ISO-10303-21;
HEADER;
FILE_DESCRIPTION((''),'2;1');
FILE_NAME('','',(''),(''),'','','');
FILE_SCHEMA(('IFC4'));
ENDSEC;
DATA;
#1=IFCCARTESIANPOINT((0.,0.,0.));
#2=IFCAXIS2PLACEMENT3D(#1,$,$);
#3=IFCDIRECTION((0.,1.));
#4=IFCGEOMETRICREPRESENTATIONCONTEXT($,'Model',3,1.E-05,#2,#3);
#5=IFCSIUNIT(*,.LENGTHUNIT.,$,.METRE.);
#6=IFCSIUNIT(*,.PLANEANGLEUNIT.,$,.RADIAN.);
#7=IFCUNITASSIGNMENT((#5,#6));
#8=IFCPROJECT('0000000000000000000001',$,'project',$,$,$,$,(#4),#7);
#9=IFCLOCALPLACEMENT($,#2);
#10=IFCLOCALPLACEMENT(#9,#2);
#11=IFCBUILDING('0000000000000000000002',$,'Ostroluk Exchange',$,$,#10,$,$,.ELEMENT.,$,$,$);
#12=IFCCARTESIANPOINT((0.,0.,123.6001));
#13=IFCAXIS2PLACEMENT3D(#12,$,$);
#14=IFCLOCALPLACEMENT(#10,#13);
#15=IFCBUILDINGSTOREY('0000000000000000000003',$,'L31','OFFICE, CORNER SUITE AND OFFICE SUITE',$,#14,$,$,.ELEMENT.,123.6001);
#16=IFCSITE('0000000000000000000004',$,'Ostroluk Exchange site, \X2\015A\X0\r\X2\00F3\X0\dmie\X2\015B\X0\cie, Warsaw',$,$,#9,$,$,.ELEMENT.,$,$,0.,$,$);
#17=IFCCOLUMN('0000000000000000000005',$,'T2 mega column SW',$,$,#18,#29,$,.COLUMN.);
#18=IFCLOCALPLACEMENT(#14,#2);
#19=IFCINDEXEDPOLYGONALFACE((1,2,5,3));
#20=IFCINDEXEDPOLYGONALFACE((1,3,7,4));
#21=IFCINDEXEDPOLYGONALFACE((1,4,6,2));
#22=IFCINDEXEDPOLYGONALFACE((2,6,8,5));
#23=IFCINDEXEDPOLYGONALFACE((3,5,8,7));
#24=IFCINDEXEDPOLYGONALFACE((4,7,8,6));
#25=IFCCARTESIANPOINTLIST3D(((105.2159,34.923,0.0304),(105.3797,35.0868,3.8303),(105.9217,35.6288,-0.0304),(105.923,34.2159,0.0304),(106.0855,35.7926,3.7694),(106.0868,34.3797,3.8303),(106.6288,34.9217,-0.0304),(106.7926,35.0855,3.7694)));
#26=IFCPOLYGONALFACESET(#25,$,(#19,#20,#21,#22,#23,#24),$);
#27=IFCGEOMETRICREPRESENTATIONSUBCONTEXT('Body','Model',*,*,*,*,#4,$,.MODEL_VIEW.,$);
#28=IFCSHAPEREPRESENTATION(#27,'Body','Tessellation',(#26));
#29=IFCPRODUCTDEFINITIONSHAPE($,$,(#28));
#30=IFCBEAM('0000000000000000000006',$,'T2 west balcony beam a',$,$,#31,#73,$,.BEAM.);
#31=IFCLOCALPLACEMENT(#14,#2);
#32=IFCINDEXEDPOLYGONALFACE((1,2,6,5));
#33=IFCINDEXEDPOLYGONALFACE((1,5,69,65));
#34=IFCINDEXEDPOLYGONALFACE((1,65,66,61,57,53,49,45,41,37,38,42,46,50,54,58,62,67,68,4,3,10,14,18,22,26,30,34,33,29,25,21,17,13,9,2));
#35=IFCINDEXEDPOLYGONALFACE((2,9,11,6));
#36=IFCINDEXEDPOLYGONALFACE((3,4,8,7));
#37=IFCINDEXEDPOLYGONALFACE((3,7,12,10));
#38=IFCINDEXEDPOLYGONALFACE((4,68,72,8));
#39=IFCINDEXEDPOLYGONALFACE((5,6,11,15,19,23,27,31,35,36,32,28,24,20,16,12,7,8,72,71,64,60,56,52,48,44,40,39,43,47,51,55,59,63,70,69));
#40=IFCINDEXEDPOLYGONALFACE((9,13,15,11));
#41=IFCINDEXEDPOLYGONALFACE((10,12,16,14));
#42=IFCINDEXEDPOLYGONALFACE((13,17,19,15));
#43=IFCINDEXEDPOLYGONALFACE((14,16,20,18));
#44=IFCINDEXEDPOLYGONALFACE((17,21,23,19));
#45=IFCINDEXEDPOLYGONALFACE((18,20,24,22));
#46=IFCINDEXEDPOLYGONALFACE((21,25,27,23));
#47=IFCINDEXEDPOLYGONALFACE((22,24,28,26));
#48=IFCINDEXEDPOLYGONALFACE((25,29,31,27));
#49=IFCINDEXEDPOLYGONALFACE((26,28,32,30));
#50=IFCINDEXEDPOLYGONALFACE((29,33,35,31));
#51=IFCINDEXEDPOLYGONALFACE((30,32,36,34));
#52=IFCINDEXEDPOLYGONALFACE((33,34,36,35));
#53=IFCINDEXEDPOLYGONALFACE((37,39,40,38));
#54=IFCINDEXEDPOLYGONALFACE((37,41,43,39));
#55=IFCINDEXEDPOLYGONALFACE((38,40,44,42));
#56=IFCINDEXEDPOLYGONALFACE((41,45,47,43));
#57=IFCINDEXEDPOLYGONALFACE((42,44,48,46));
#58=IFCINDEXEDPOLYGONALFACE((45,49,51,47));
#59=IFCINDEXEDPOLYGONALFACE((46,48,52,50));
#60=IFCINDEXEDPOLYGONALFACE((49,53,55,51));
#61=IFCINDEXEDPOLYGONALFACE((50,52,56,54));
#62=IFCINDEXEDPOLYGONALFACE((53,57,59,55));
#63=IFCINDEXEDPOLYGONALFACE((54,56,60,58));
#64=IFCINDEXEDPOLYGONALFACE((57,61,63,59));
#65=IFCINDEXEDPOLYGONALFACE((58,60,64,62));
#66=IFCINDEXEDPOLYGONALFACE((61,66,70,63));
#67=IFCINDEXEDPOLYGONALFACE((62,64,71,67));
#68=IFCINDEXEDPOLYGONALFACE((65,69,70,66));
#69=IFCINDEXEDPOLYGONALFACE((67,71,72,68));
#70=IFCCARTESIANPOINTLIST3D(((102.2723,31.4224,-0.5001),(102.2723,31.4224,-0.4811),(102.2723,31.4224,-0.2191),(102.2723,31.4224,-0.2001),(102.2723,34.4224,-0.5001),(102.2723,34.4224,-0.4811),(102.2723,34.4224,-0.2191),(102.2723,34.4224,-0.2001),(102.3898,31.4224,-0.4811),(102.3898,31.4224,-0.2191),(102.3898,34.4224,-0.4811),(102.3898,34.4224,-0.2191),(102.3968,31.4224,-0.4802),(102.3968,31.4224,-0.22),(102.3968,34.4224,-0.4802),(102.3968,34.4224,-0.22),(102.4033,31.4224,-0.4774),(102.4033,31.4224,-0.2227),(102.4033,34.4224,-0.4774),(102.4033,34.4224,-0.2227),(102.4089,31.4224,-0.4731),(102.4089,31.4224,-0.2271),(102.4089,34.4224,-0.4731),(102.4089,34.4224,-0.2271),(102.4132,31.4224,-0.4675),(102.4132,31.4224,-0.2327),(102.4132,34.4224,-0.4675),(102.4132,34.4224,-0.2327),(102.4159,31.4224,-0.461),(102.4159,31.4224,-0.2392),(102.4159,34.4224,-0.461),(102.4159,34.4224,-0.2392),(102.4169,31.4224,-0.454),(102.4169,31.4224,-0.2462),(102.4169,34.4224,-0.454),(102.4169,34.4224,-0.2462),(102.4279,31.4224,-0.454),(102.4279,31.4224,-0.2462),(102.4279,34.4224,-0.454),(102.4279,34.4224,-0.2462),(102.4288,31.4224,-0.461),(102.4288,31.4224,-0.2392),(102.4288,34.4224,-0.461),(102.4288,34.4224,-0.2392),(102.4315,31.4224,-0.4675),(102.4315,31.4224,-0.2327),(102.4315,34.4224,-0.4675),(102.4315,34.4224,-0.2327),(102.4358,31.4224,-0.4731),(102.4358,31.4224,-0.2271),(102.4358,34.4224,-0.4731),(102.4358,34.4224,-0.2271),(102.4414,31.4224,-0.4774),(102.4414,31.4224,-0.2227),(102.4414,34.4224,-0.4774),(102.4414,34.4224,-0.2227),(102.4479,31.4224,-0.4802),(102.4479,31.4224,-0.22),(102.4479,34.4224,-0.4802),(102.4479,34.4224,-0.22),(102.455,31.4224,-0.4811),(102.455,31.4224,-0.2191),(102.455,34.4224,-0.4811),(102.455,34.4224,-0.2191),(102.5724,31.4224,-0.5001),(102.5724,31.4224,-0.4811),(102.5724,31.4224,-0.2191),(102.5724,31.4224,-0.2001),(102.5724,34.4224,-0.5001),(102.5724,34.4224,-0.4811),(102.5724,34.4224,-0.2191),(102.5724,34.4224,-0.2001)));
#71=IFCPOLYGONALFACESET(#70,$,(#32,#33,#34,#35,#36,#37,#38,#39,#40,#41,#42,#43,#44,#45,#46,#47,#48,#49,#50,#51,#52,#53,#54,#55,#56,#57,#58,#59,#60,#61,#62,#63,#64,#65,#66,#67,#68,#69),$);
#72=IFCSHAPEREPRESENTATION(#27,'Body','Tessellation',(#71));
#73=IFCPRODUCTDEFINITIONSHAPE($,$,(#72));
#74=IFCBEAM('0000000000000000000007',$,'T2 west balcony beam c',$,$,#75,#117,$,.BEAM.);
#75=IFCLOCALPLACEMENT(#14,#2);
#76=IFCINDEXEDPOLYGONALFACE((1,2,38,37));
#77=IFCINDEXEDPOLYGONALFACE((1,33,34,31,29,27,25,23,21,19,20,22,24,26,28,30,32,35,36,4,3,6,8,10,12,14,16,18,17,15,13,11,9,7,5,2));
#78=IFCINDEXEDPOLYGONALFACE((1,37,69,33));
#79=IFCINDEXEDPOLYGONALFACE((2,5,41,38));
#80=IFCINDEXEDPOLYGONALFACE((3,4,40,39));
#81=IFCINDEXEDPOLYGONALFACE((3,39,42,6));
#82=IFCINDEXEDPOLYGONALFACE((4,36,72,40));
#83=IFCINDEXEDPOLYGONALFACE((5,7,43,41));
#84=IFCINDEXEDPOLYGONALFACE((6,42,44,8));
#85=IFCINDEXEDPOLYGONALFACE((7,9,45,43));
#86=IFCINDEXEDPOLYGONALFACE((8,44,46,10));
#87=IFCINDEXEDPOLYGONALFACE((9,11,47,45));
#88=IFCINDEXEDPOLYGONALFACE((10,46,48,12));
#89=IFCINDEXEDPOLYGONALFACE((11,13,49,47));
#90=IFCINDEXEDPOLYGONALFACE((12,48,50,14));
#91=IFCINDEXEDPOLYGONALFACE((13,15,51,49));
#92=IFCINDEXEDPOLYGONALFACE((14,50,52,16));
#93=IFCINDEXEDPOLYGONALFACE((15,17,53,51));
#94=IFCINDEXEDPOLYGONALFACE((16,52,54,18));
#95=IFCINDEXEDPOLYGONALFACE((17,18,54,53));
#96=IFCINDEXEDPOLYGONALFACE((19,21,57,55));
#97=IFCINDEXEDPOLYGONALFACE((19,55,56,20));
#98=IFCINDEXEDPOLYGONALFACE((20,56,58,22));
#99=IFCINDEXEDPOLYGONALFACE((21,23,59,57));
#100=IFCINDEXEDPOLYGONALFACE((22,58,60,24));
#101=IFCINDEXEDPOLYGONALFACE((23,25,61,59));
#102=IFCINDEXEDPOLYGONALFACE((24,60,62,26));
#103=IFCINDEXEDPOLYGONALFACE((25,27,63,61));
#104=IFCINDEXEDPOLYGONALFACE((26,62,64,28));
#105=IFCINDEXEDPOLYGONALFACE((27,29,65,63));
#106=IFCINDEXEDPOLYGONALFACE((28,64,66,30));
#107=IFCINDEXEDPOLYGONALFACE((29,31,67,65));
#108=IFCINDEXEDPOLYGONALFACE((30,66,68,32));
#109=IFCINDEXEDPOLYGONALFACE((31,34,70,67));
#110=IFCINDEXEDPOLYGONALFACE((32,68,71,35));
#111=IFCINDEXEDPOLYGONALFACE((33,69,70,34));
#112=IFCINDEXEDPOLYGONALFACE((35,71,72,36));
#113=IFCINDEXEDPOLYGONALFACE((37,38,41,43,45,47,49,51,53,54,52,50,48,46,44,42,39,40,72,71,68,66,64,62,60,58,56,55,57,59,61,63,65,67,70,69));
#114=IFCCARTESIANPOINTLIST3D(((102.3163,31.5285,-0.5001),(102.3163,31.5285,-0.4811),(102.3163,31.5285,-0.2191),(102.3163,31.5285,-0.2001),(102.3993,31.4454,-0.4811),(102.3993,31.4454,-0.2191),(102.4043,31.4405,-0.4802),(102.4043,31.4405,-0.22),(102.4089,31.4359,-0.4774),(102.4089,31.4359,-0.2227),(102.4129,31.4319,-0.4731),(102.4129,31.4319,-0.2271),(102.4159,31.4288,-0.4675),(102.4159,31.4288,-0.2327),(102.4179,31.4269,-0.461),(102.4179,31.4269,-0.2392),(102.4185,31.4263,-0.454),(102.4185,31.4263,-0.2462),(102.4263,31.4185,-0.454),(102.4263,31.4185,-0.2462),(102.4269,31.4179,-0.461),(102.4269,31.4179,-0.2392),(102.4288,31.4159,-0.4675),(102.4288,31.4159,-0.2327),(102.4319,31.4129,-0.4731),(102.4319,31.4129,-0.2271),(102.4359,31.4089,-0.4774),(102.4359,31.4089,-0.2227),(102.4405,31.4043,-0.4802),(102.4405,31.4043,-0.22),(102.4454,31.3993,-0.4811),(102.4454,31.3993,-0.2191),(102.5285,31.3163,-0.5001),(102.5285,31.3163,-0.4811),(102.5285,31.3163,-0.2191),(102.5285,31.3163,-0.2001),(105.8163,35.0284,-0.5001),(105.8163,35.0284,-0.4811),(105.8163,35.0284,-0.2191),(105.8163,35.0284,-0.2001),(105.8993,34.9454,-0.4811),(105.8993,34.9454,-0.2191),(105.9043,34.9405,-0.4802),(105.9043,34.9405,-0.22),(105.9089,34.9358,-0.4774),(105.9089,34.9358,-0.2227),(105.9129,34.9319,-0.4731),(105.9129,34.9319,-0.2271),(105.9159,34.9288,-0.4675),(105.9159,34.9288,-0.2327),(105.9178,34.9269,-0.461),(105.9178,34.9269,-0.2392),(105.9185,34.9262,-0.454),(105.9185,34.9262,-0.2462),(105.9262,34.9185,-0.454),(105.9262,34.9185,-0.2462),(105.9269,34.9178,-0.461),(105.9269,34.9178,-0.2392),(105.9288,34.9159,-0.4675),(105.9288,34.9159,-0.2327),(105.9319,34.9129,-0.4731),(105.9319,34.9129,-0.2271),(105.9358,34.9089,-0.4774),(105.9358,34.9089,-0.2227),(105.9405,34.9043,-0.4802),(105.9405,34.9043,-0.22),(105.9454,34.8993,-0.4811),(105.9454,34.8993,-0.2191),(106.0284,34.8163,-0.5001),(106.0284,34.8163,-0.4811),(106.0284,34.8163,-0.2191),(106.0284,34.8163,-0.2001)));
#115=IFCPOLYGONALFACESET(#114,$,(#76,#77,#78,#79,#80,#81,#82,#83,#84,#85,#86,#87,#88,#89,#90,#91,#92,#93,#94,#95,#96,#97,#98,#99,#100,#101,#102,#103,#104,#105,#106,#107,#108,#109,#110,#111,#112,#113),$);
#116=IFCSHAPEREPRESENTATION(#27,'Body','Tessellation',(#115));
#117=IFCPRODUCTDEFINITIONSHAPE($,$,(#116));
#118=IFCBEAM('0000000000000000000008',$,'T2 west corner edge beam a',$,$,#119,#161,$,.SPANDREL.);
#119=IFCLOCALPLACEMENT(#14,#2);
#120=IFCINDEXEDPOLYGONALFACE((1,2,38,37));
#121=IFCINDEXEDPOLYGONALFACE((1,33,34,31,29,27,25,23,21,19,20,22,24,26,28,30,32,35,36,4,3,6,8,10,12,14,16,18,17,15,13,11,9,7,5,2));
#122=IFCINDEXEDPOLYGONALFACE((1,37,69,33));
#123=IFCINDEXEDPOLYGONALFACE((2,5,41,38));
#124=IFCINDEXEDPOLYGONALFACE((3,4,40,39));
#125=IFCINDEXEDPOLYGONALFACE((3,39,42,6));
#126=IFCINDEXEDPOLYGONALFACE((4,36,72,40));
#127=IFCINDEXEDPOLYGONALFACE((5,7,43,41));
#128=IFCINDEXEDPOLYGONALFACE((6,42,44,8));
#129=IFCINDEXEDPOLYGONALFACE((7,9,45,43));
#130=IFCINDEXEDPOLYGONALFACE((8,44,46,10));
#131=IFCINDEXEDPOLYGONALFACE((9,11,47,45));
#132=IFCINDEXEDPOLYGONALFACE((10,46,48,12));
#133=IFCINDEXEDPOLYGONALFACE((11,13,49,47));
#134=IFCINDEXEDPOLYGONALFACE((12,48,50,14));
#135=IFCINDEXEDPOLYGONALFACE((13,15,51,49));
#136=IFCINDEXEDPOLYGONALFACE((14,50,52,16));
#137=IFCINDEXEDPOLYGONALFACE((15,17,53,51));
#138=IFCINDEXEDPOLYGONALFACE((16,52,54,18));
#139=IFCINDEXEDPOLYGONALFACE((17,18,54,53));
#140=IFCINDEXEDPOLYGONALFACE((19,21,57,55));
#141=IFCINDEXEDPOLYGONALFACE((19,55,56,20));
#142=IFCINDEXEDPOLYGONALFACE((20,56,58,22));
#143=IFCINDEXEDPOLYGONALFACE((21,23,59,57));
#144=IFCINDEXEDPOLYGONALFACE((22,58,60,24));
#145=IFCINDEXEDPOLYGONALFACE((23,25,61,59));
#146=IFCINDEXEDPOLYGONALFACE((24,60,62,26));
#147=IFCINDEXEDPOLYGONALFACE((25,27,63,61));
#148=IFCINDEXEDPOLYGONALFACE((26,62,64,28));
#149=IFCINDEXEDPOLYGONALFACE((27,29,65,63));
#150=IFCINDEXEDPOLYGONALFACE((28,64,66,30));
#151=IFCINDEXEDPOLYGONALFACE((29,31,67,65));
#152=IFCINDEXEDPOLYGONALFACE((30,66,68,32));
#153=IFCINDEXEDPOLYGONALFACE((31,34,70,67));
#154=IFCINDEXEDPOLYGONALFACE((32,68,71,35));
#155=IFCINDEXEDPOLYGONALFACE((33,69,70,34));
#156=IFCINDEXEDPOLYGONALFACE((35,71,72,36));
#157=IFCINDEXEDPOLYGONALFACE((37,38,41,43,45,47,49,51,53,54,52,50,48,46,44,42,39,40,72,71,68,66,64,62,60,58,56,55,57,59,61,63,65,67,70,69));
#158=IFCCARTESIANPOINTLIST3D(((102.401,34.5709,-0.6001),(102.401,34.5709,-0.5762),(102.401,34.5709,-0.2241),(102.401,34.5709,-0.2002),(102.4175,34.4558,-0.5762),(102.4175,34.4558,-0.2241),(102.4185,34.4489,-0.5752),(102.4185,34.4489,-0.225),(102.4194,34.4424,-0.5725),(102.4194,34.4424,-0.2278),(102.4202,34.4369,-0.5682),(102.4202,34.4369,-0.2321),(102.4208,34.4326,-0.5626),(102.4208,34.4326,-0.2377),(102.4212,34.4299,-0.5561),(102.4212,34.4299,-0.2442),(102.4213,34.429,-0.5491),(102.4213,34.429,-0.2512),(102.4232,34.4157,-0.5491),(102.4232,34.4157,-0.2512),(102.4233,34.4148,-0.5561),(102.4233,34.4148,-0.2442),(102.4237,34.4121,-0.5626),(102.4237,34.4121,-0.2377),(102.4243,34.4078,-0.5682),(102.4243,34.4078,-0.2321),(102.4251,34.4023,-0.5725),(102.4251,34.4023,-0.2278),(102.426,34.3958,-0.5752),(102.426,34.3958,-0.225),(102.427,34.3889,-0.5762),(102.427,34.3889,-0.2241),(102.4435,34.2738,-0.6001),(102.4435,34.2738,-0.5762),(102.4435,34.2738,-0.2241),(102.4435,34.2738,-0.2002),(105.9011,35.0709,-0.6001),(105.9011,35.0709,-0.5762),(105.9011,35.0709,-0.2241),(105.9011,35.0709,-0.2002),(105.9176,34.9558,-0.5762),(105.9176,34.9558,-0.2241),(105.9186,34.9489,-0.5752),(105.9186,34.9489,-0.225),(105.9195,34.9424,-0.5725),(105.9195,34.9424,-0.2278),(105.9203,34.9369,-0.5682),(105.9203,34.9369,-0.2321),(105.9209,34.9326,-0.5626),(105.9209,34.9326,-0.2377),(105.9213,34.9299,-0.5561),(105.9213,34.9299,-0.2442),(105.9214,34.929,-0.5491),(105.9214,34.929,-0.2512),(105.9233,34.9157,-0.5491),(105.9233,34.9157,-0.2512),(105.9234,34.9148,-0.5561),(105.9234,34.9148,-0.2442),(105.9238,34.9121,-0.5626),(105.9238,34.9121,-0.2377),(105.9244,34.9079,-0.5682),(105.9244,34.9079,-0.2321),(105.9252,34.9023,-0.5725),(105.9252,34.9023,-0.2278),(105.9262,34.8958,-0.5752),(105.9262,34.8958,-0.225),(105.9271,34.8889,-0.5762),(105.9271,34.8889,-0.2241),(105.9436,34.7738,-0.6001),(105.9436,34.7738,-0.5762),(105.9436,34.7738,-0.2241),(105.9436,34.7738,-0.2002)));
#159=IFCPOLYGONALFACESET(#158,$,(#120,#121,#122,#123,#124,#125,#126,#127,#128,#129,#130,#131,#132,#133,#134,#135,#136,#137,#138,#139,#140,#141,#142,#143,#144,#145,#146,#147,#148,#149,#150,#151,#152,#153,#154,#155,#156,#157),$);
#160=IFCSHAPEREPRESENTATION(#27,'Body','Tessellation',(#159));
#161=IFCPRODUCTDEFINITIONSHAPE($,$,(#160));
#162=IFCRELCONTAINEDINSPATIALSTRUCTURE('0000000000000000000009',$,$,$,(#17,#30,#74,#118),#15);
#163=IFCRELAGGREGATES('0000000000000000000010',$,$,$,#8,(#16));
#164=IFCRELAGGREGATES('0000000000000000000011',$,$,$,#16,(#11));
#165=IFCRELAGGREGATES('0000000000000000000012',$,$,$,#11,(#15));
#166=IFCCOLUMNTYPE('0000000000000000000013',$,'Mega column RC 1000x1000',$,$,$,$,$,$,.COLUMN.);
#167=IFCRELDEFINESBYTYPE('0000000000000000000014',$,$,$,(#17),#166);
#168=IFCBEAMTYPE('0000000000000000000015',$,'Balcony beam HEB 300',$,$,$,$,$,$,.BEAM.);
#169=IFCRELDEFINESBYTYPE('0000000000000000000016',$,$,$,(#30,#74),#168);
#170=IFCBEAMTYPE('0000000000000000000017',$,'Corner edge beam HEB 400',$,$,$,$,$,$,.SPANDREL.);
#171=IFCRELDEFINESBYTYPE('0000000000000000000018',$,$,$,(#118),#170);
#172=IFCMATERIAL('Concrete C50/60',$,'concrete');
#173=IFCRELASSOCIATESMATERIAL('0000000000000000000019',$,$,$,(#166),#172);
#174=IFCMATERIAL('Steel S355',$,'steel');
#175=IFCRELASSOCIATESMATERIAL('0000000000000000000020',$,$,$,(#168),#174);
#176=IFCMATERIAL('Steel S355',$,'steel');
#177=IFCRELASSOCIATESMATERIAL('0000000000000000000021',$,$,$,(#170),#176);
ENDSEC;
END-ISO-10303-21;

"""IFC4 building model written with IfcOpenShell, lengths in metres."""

from ifc_helpers import new_model, si_unit, direction, frame, origin, origin_2d, place, context, subcontext, project, spatial, rectangle, i_section, extrude, material, material_profile, profile_set, type_object, element, save


model = new_model("IFC4")

# Units and contexts
model_context = context("Model", 3, precision=1e-05, world=origin(), true_north=direction((0.0, 1.0)))
body_context = subcontext(model_context, "Body", "Model", "MODEL_VIEW")
ifc_project = project(units=[si_unit("LENGTHUNIT", "METRE"), si_unit("PLANEANGLEUNIT", "RADIAN")], contexts=[model_context])

# Site, building, storey
site_placement = place(None, origin())
site = spatial("IfcSite", under=ifc_project, at=site_placement, Name="Ostroluk Exchange site, Śródmieście, Warsaw", CompositionType="ELEMENT", RefElevation=0.0)
building_placement = place(site_placement, origin())
building = spatial("IfcBuilding", under=site, at=building_placement, Name="Ostroluk Exchange", CompositionType="ELEMENT")
storey_placement = place(building_placement, frame((0.0, 0.0, 123.6001)))
storey = spatial("IfcBuildingStorey", under=building, at=storey_placement, Name="L31", Description="OFFICE, CORNER SUITE AND OFFICE SUITE", CompositionType="ELEMENT", Elevation=123.6001)

# Column
ifc_material_1 = material(Name="Concrete C50/60", Category="concrete")
ifc_material_profile_1 = material_profile(ifc_material_1, rectangle(XDim=1.0, YDim=1.0, at=origin_2d()), Name="RC 1000x1000")
ifc_profile_set_1 = profile_set([ifc_material_profile_1], Name="Concrete C50/60")
column_type = type_object("IfcColumnType", Name="Mega column RC 1000x1000", PredefinedType="COLUMN", material=ifc_profile_set_1)
column_placement = place(storey_placement, frame((105.9224, 34.9224, 0.0), z_axis=(0.043032, 0.043032, 0.998146), x_axis=(-0.707107, 0.707107, 0.0)))
element("IfcColumn", 1, at=column_placement, inside=storey, type_object=column_type, Name="T2 mega column SW", PredefinedType="COLUMN", context=body_context, shape_type="SweptSolid", body=[
    extrude(rectangle(XDim=1.0, YDim=1.0, at=origin_2d()), origin(), (0.0, 0.0, 1.0), 3.8069),
])

# Beams
ifc_material_2 = material(Name="Steel S355", Category="steel")
ifc_material_profile_2 = material_profile(ifc_material_2, i_section(OverallWidth=0.3, OverallDepth=0.3, WebThickness=0.011, FlangeThickness=0.019, FilletRadius=0.0271, at=origin_2d()), Name="HEB 300")
ifc_profile_set_2 = profile_set([ifc_material_profile_2], Name="Steel S355")
beam_type_1 = type_object("IfcBeamType", Name="Balcony beam HEB 300", PredefinedType="BEAM", material=ifc_profile_set_2)
beam_1_placement = place(storey_placement, frame((102.4224, 34.4224, -0.3501), z_axis=(0.0, -1.0, 0.0), x_axis=(1.0, 0.0, 0.0)))
element("IfcBeam", 2, at=beam_1_placement, inside=storey, type_object=beam_type_1, Name="T2 west balcony beam a", PredefinedType="BEAM", context=body_context, shape_type="SweptSolid", body=[
    extrude(i_section(OverallWidth=0.3, OverallDepth=0.3, WebThickness=0.011, FlangeThickness=0.019, FilletRadius=0.0271, at=origin_2d()), origin(), (0.0, 0.0, 1.0), 3.0),
])
beam_2_placement = place(storey_placement, frame((105.9224, 34.9224, -0.3501), z_axis=(-0.707107, -0.707107, 0.0), x_axis=(0.707107, -0.707107, 0.0)))
element("IfcBeam", 3, at=beam_2_placement, inside=storey, type_object=beam_type_1, Name="T2 west balcony beam c", PredefinedType="BEAM", context=body_context, shape_type="SweptSolid", body=[
    extrude(i_section(OverallWidth=0.3, OverallDepth=0.3, WebThickness=0.011, FlangeThickness=0.019, FilletRadius=0.0271, at=origin_2d()), origin(), (0.0, 0.0, 1.0), 4.9497),
])
ifc_material_3 = material(Name="Steel S355", Category="steel")
ifc_material_profile_3 = material_profile(ifc_material_3, i_section(OverallWidth=0.3, OverallDepth=0.3999, WebThickness=0.0134, FlangeThickness=0.0239, FilletRadius=0.0271, at=origin_2d()), Name="HEB 400")
ifc_profile_set_3 = profile_set([ifc_material_profile_3], Name="Steel S355")
beam_type_2 = type_object("IfcBeamType", Name="Corner edge beam HEB 400", PredefinedType="SPANDREL", material=ifc_profile_set_3)
for number, where, z_axis, x_axis, name in (
    (4, (105.9224, 34.9224, -0.4001), (-0.989949, -0.141421, 0.0), (0.141421, -0.989949, 0.0), "T2 west corner edge beam a"),
):
    element("IfcBeam", number, at=place(storey_placement, frame(where, z_axis=z_axis, x_axis=x_axis)), inside=storey, type_object=beam_type_2, Name=name, PredefinedType="SPANDREL", context=body_context, shape_type="SweptSolid", body=[
        extrude(i_section(OverallWidth=0.3, OverallDepth=0.3999, WebThickness=0.0134, FlangeThickness=0.0239, FilletRadius=0.0271, at=origin_2d()), origin(), (0.0, 0.0, 1.0), 3.5356),
    ])

save(model, "model.ifc")
